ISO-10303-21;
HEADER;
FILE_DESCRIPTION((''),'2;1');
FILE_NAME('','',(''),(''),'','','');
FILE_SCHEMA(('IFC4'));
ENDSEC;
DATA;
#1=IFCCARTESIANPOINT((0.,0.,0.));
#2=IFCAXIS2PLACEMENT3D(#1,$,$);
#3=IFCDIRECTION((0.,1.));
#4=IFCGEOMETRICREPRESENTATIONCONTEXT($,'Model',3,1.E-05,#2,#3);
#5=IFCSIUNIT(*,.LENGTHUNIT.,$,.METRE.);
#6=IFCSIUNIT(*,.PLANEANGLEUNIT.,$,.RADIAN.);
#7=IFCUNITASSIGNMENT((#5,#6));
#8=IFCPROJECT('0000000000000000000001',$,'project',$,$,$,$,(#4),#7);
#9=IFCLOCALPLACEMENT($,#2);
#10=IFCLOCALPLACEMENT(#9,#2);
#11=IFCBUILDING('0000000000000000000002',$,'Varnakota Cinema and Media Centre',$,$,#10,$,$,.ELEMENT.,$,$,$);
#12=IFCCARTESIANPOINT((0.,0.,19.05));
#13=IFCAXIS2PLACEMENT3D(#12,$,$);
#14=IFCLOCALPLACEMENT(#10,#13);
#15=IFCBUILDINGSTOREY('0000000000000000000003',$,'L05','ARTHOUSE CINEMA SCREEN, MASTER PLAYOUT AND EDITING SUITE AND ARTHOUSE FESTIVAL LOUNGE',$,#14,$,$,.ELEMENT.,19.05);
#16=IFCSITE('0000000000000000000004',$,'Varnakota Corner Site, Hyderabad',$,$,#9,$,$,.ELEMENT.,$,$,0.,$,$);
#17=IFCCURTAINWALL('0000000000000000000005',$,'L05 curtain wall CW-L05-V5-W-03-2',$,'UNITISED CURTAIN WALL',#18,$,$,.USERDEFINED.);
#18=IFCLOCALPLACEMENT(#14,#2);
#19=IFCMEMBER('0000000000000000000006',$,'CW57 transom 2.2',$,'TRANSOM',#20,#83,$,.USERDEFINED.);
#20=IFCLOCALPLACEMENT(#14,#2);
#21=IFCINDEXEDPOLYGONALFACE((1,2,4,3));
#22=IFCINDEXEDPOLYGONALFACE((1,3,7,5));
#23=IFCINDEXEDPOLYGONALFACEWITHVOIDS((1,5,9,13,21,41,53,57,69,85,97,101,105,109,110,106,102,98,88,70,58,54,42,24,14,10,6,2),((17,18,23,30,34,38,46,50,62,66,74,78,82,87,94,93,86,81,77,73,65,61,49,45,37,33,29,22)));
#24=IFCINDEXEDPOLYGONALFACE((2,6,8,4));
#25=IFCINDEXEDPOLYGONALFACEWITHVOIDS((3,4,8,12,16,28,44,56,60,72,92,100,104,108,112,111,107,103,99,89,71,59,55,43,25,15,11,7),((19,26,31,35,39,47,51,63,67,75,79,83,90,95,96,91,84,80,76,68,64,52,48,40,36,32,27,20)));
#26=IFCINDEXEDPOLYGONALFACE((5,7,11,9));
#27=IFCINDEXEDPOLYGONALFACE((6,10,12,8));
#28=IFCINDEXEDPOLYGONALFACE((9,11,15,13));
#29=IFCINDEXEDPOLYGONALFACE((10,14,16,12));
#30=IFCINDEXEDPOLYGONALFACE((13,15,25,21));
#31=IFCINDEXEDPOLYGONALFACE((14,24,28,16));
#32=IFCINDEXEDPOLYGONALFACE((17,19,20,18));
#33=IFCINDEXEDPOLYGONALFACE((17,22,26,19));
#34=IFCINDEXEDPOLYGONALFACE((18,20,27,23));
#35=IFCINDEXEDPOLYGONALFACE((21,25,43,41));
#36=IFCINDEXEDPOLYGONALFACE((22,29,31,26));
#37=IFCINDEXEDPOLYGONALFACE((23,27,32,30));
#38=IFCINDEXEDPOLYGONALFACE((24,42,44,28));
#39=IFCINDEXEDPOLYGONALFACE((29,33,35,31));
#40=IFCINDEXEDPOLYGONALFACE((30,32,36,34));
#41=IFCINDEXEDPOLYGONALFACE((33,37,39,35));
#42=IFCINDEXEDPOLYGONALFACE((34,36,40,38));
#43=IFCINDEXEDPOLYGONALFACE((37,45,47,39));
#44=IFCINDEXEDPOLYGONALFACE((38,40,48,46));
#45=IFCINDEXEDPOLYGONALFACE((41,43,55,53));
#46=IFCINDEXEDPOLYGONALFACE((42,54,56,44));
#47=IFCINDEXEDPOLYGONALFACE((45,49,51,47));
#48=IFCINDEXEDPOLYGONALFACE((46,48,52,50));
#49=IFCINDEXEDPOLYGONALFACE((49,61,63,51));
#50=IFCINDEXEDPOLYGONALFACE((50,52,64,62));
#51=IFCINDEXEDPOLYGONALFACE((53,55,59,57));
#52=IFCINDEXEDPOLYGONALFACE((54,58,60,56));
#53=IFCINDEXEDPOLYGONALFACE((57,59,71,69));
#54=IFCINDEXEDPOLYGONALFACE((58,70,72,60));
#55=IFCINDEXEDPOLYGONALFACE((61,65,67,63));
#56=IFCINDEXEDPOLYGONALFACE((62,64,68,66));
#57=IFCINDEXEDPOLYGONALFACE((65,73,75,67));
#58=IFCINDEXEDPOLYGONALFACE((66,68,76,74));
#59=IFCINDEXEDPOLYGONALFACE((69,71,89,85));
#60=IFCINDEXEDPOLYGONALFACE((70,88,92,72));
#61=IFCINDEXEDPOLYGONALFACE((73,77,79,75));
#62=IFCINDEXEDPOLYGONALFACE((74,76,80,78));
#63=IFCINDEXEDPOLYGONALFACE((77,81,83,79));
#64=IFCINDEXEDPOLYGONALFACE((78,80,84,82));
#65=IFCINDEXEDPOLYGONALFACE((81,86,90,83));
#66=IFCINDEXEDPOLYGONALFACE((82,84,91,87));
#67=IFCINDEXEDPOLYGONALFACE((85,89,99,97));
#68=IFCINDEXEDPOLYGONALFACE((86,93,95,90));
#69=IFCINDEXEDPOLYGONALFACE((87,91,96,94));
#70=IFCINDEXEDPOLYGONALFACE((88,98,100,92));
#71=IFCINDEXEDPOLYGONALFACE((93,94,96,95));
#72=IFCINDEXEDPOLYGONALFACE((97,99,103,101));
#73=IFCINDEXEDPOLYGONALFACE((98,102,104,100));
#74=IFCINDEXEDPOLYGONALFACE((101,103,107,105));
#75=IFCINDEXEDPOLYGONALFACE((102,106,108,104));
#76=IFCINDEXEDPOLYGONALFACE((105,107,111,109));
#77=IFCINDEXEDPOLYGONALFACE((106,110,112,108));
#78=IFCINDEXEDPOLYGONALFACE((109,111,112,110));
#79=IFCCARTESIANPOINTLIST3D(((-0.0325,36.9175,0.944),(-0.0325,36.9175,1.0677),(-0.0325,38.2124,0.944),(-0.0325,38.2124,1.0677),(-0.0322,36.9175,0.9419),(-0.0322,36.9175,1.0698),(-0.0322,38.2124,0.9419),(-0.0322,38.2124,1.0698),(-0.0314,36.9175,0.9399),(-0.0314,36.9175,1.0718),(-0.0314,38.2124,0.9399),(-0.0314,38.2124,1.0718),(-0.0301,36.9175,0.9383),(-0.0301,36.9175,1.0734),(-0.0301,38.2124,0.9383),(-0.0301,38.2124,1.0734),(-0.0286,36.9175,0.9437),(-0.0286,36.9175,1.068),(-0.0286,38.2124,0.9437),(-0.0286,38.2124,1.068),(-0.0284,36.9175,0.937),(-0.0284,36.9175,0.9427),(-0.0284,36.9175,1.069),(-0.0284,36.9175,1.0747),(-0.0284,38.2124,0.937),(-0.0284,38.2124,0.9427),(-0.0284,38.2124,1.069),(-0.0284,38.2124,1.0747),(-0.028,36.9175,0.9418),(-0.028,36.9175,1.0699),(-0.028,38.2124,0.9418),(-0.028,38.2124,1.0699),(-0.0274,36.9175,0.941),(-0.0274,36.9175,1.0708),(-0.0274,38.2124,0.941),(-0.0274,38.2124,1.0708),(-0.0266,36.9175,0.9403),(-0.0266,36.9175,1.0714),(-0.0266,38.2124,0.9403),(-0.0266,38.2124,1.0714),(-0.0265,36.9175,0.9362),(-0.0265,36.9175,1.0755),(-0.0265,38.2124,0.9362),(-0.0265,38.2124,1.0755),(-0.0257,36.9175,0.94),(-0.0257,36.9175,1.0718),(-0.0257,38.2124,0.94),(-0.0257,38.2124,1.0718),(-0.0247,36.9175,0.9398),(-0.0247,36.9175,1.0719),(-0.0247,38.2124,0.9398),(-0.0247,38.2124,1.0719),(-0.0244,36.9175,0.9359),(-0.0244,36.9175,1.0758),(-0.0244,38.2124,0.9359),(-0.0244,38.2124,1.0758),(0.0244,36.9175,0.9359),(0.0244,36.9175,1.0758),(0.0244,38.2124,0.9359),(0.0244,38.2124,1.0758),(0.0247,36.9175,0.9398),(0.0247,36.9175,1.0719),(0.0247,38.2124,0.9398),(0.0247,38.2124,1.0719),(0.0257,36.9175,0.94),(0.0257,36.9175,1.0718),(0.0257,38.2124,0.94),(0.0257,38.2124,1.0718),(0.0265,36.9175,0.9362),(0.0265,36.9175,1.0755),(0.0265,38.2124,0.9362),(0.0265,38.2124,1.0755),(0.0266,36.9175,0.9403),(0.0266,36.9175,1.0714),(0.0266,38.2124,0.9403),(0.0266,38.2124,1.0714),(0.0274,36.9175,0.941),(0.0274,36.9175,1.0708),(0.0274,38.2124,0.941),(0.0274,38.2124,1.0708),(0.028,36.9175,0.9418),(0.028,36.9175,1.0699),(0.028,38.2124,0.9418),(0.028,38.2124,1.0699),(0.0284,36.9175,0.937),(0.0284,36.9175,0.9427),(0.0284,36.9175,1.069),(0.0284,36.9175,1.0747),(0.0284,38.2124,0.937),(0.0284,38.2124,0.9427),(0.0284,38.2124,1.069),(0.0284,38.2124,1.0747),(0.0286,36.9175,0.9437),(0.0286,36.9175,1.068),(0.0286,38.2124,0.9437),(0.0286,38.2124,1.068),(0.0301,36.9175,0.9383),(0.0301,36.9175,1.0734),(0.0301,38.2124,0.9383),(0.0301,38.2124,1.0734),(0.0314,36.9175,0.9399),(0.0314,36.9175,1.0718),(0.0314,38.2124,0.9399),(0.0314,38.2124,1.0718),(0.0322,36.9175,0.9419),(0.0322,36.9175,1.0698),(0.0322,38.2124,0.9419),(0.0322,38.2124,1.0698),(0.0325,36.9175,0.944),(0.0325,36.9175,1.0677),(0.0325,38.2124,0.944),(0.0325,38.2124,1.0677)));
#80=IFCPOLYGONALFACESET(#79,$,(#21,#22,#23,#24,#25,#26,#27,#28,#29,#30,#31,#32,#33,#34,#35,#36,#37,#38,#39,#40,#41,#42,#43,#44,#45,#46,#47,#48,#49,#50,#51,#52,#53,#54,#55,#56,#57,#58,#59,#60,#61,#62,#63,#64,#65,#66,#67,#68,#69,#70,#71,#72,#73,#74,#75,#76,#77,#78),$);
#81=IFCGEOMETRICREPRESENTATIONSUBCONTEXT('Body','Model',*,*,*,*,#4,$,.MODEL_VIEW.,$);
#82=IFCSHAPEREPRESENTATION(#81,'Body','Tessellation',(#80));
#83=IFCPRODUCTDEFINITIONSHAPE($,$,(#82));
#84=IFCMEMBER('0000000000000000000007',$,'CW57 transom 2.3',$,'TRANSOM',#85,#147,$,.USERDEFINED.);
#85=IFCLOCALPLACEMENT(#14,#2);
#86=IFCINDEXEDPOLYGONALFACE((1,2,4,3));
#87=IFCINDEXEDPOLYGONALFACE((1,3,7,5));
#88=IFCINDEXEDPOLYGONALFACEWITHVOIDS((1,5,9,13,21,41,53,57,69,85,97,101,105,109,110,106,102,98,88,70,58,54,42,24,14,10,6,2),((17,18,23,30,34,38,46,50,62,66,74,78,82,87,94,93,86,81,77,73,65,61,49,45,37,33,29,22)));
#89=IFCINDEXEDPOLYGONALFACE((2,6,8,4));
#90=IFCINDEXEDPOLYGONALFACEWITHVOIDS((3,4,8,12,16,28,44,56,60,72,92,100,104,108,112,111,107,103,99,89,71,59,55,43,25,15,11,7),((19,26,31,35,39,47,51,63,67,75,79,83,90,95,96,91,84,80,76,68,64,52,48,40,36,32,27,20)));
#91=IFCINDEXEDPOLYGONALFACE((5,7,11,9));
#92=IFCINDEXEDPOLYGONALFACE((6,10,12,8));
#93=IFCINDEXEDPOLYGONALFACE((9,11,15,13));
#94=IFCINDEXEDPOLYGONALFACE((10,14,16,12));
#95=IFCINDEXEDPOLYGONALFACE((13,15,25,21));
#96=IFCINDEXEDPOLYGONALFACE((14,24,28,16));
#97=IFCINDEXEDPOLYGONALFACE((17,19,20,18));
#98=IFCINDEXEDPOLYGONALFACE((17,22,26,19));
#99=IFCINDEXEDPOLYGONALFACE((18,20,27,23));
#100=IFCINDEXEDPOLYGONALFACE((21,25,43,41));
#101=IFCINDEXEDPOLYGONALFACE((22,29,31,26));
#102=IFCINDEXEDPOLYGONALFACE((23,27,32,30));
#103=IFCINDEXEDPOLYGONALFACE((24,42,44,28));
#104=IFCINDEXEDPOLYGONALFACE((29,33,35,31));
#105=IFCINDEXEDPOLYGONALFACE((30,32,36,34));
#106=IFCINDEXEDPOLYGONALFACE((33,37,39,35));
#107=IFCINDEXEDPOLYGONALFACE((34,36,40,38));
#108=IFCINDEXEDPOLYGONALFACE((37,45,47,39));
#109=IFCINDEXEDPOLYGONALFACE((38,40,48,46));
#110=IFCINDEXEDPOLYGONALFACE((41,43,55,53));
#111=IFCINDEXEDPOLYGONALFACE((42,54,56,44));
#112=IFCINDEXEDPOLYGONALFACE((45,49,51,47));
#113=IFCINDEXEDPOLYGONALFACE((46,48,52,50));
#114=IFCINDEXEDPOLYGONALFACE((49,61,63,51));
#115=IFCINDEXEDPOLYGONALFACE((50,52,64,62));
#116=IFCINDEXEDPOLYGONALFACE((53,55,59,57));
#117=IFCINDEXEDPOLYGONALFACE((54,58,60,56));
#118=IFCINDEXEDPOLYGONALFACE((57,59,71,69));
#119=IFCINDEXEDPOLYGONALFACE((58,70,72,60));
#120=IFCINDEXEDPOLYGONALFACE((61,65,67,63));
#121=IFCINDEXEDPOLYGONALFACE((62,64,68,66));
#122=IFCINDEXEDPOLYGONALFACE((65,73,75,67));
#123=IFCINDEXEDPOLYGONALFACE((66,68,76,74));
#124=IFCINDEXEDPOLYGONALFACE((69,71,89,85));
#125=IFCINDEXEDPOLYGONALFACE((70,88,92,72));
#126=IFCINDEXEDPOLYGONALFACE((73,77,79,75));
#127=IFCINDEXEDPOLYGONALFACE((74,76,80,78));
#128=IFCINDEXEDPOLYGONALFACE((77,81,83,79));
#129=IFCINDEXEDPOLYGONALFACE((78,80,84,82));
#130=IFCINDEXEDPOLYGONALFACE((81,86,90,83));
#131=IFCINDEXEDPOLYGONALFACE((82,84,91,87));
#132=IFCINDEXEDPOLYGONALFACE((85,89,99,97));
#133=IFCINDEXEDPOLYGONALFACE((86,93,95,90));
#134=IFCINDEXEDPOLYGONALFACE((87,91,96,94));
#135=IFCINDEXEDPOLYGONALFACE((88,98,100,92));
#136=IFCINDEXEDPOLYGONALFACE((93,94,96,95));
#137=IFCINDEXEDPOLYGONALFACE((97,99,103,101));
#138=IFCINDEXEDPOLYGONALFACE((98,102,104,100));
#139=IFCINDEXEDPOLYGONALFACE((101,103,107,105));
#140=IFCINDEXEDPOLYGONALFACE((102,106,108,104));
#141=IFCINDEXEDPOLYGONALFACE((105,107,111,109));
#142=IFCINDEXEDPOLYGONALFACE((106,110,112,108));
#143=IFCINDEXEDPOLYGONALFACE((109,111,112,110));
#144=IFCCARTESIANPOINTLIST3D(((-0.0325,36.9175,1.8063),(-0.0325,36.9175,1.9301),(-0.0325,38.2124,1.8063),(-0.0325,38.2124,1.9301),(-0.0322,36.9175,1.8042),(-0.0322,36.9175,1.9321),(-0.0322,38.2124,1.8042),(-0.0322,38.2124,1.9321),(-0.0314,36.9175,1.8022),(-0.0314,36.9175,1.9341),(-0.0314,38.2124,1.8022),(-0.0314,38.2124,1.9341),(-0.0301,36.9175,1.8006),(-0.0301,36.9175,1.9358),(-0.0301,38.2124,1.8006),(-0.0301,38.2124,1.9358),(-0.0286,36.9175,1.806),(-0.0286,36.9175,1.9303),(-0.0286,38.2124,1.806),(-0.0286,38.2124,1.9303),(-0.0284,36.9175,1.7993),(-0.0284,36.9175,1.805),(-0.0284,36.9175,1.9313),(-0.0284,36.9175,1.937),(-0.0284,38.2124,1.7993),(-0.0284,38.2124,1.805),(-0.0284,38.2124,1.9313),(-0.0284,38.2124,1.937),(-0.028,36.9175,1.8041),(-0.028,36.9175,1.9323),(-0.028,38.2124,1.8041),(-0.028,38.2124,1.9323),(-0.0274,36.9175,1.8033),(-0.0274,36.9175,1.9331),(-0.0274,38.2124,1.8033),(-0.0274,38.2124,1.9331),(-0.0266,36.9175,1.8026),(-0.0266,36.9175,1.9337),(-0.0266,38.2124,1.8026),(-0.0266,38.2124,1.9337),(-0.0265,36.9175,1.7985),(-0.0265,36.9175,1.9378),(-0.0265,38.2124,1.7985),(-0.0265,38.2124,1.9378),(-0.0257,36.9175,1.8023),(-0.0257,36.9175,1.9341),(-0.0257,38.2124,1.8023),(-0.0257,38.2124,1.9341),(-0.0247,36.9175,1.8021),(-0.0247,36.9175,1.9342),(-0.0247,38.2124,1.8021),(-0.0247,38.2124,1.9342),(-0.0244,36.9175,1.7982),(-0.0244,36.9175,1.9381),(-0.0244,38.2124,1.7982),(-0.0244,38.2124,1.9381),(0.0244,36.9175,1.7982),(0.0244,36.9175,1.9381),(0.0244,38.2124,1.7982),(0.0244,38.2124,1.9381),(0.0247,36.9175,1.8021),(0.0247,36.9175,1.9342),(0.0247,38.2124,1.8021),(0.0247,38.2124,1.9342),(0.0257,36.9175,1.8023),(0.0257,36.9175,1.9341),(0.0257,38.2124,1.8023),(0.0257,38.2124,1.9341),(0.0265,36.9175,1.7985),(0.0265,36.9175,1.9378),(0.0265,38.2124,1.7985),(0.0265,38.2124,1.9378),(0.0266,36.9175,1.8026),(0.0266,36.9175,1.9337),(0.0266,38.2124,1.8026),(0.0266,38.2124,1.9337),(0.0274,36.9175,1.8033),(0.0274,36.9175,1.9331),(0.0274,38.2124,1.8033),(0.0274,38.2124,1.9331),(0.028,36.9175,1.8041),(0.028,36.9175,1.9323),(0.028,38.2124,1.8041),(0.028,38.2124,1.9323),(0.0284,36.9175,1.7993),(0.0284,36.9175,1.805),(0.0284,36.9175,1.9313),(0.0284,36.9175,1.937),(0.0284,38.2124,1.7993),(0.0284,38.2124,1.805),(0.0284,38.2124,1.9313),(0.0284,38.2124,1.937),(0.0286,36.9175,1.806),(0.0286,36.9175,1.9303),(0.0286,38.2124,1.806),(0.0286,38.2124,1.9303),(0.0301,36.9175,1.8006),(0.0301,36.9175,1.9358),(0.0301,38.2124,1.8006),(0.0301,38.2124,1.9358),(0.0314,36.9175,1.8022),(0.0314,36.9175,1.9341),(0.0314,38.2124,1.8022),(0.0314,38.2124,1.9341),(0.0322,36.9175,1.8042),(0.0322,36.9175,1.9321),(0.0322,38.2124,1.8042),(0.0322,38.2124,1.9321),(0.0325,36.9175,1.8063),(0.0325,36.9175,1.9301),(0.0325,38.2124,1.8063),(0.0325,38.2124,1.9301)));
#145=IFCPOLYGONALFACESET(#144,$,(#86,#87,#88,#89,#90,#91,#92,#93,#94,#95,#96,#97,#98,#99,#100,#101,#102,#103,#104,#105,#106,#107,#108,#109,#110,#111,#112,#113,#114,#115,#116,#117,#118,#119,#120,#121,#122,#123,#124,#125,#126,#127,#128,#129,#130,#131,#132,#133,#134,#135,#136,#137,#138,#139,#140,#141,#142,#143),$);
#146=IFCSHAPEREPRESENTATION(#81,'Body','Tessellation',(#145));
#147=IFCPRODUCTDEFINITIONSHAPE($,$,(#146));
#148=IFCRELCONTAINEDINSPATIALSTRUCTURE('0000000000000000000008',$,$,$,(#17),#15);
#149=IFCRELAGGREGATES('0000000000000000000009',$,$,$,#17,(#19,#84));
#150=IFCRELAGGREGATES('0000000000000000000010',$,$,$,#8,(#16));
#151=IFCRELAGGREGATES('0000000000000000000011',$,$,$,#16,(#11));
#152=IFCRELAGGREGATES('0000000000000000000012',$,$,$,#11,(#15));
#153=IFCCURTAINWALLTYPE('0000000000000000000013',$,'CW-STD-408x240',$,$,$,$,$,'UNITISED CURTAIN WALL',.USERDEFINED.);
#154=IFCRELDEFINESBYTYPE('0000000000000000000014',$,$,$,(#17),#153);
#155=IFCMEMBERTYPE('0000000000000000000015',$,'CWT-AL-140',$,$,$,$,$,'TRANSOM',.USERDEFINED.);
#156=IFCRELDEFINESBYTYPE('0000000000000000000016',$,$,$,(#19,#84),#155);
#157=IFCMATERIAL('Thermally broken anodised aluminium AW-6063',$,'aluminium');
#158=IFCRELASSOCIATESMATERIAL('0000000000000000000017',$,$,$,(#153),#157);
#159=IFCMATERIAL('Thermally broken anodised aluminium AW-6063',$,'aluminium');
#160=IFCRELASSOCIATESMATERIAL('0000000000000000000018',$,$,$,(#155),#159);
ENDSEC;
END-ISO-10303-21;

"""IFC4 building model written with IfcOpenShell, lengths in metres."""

from ifc_helpers import new_model, si_unit, direction, frame, origin, origin_2d, place, context, subcontext, project, spatial, hollow_rectangle, extrude, material, material_profile, profile_set, type_object, element, aggregate, save


model = new_model("IFC4")

# Units and contexts
model_context = context("Model", 3, precision=1e-05, world=origin(), true_north=direction((0.0, 1.0)))
body_context = subcontext(model_context, "Body", "Model", "MODEL_VIEW")
ifc_project = project(units=[si_unit("LENGTHUNIT", "METRE"), si_unit("PLANEANGLEUNIT", "RADIAN")], contexts=[model_context])

# Site, building, storey
site_placement = place(None, origin())
site = spatial("IfcSite", under=ifc_project, at=site_placement, Name="Varnakota Corner Site, Hyderabad", CompositionType="ELEMENT", RefElevation=0.0)
building_placement = place(site_placement, origin())
building = spatial("IfcBuilding", under=site, at=building_placement, Name="Varnakota Cinema and Media Centre", CompositionType="ELEMENT")
storey_placement = place(building_placement, frame((0.0, 0.0, 19.05)))
storey = spatial("IfcBuildingStorey", under=building, at=storey_placement, Name="L05", Description="ARTHOUSE CINEMA SCREEN, MASTER PLAYOUT AND EDITING SUITE AND ARTHOUSE FESTIVAL LOUNGE", CompositionType="ELEMENT", Elevation=19.05)

# Curtain wall, members
ifc_material_1 = material(Name="Thermally broken anodised aluminium AW-6063", Category="aluminium")
curtain_wall_type = type_object("IfcCurtainWallType", Name="CW-STD-408x240", ElementType="UNITISED CURTAIN WALL", PredefinedType="USERDEFINED", material=ifc_material_1)
curtain_wall_placement = place(storey_placement, origin())
curtain_wall = element("IfcCurtainWall", 1, at=curtain_wall_placement, inside=storey, type_object=curtain_wall_type, Name="L05 curtain wall CW-L05-V5-W-03-2", ObjectType="UNITISED CURTAIN WALL", PredefinedType="USERDEFINED")
ifc_material_2 = material(Name="Thermally broken anodised aluminium AW-6063", Category="aluminium")
ifc_material_profile_1 = material_profile(ifc_material_2, hollow_rectangle(XDim=0.0649, YDim=0.1399, WallThickness=0.0039, InnerFilletRadius=0.0039, OuterFilletRadius=0.0081, at=origin_2d()), Name="AL-TRANSOM 140x65x4")
ifc_profile_set_1 = profile_set([ifc_material_profile_1], Name="Thermally broken anodised aluminium AW-6063")
member_type_1 = type_object("IfcMemberType", Name="CWT-AL-140", ElementType="TRANSOM", PredefinedType="USERDEFINED", material=ifc_profile_set_1)
member_1_placement = place(storey_placement, frame((0.0, 38.2124, 1.0059), z_axis=(0.0, -1.0, 0.0), x_axis=(1.0, 0.0, 0.0)))
member_1 = element("IfcMember", 2, at=member_1_placement, type_object=member_type_1, Name="CW57 transom 2.2", ObjectType="TRANSOM", PredefinedType="USERDEFINED", context=body_context, shape_type="SweptSolid", body=[
    extrude(hollow_rectangle(XDim=0.0649, YDim=0.1399, WallThickness=0.0039, InnerFilletRadius=0.0039, OuterFilletRadius=0.0081, at=origin_2d()), origin(), (0.0, 0.0, 1.0), 1.2949),
])
member_2_placement = place(storey_placement, frame((0.0, 38.2124, 1.8682), z_axis=(0.0, -1.0, 0.0), x_axis=(1.0, 0.0, 0.0)))
member_2 = element("IfcMember", 3, at=member_2_placement, type_object=member_type_1, Name="CW57 transom 2.3", ObjectType="TRANSOM", PredefinedType="USERDEFINED", context=body_context, shape_type="SweptSolid", body=[
    extrude(hollow_rectangle(XDim=0.0649, YDim=0.1399, WallThickness=0.0039, InnerFilletRadius=0.0039, OuterFilletRadius=0.0081, at=origin_2d()), origin(), (0.0, 0.0, 1.0), 1.2949),
])
aggregate(curtain_wall, [member_1, member_2])

save(model, "model.ifc")
